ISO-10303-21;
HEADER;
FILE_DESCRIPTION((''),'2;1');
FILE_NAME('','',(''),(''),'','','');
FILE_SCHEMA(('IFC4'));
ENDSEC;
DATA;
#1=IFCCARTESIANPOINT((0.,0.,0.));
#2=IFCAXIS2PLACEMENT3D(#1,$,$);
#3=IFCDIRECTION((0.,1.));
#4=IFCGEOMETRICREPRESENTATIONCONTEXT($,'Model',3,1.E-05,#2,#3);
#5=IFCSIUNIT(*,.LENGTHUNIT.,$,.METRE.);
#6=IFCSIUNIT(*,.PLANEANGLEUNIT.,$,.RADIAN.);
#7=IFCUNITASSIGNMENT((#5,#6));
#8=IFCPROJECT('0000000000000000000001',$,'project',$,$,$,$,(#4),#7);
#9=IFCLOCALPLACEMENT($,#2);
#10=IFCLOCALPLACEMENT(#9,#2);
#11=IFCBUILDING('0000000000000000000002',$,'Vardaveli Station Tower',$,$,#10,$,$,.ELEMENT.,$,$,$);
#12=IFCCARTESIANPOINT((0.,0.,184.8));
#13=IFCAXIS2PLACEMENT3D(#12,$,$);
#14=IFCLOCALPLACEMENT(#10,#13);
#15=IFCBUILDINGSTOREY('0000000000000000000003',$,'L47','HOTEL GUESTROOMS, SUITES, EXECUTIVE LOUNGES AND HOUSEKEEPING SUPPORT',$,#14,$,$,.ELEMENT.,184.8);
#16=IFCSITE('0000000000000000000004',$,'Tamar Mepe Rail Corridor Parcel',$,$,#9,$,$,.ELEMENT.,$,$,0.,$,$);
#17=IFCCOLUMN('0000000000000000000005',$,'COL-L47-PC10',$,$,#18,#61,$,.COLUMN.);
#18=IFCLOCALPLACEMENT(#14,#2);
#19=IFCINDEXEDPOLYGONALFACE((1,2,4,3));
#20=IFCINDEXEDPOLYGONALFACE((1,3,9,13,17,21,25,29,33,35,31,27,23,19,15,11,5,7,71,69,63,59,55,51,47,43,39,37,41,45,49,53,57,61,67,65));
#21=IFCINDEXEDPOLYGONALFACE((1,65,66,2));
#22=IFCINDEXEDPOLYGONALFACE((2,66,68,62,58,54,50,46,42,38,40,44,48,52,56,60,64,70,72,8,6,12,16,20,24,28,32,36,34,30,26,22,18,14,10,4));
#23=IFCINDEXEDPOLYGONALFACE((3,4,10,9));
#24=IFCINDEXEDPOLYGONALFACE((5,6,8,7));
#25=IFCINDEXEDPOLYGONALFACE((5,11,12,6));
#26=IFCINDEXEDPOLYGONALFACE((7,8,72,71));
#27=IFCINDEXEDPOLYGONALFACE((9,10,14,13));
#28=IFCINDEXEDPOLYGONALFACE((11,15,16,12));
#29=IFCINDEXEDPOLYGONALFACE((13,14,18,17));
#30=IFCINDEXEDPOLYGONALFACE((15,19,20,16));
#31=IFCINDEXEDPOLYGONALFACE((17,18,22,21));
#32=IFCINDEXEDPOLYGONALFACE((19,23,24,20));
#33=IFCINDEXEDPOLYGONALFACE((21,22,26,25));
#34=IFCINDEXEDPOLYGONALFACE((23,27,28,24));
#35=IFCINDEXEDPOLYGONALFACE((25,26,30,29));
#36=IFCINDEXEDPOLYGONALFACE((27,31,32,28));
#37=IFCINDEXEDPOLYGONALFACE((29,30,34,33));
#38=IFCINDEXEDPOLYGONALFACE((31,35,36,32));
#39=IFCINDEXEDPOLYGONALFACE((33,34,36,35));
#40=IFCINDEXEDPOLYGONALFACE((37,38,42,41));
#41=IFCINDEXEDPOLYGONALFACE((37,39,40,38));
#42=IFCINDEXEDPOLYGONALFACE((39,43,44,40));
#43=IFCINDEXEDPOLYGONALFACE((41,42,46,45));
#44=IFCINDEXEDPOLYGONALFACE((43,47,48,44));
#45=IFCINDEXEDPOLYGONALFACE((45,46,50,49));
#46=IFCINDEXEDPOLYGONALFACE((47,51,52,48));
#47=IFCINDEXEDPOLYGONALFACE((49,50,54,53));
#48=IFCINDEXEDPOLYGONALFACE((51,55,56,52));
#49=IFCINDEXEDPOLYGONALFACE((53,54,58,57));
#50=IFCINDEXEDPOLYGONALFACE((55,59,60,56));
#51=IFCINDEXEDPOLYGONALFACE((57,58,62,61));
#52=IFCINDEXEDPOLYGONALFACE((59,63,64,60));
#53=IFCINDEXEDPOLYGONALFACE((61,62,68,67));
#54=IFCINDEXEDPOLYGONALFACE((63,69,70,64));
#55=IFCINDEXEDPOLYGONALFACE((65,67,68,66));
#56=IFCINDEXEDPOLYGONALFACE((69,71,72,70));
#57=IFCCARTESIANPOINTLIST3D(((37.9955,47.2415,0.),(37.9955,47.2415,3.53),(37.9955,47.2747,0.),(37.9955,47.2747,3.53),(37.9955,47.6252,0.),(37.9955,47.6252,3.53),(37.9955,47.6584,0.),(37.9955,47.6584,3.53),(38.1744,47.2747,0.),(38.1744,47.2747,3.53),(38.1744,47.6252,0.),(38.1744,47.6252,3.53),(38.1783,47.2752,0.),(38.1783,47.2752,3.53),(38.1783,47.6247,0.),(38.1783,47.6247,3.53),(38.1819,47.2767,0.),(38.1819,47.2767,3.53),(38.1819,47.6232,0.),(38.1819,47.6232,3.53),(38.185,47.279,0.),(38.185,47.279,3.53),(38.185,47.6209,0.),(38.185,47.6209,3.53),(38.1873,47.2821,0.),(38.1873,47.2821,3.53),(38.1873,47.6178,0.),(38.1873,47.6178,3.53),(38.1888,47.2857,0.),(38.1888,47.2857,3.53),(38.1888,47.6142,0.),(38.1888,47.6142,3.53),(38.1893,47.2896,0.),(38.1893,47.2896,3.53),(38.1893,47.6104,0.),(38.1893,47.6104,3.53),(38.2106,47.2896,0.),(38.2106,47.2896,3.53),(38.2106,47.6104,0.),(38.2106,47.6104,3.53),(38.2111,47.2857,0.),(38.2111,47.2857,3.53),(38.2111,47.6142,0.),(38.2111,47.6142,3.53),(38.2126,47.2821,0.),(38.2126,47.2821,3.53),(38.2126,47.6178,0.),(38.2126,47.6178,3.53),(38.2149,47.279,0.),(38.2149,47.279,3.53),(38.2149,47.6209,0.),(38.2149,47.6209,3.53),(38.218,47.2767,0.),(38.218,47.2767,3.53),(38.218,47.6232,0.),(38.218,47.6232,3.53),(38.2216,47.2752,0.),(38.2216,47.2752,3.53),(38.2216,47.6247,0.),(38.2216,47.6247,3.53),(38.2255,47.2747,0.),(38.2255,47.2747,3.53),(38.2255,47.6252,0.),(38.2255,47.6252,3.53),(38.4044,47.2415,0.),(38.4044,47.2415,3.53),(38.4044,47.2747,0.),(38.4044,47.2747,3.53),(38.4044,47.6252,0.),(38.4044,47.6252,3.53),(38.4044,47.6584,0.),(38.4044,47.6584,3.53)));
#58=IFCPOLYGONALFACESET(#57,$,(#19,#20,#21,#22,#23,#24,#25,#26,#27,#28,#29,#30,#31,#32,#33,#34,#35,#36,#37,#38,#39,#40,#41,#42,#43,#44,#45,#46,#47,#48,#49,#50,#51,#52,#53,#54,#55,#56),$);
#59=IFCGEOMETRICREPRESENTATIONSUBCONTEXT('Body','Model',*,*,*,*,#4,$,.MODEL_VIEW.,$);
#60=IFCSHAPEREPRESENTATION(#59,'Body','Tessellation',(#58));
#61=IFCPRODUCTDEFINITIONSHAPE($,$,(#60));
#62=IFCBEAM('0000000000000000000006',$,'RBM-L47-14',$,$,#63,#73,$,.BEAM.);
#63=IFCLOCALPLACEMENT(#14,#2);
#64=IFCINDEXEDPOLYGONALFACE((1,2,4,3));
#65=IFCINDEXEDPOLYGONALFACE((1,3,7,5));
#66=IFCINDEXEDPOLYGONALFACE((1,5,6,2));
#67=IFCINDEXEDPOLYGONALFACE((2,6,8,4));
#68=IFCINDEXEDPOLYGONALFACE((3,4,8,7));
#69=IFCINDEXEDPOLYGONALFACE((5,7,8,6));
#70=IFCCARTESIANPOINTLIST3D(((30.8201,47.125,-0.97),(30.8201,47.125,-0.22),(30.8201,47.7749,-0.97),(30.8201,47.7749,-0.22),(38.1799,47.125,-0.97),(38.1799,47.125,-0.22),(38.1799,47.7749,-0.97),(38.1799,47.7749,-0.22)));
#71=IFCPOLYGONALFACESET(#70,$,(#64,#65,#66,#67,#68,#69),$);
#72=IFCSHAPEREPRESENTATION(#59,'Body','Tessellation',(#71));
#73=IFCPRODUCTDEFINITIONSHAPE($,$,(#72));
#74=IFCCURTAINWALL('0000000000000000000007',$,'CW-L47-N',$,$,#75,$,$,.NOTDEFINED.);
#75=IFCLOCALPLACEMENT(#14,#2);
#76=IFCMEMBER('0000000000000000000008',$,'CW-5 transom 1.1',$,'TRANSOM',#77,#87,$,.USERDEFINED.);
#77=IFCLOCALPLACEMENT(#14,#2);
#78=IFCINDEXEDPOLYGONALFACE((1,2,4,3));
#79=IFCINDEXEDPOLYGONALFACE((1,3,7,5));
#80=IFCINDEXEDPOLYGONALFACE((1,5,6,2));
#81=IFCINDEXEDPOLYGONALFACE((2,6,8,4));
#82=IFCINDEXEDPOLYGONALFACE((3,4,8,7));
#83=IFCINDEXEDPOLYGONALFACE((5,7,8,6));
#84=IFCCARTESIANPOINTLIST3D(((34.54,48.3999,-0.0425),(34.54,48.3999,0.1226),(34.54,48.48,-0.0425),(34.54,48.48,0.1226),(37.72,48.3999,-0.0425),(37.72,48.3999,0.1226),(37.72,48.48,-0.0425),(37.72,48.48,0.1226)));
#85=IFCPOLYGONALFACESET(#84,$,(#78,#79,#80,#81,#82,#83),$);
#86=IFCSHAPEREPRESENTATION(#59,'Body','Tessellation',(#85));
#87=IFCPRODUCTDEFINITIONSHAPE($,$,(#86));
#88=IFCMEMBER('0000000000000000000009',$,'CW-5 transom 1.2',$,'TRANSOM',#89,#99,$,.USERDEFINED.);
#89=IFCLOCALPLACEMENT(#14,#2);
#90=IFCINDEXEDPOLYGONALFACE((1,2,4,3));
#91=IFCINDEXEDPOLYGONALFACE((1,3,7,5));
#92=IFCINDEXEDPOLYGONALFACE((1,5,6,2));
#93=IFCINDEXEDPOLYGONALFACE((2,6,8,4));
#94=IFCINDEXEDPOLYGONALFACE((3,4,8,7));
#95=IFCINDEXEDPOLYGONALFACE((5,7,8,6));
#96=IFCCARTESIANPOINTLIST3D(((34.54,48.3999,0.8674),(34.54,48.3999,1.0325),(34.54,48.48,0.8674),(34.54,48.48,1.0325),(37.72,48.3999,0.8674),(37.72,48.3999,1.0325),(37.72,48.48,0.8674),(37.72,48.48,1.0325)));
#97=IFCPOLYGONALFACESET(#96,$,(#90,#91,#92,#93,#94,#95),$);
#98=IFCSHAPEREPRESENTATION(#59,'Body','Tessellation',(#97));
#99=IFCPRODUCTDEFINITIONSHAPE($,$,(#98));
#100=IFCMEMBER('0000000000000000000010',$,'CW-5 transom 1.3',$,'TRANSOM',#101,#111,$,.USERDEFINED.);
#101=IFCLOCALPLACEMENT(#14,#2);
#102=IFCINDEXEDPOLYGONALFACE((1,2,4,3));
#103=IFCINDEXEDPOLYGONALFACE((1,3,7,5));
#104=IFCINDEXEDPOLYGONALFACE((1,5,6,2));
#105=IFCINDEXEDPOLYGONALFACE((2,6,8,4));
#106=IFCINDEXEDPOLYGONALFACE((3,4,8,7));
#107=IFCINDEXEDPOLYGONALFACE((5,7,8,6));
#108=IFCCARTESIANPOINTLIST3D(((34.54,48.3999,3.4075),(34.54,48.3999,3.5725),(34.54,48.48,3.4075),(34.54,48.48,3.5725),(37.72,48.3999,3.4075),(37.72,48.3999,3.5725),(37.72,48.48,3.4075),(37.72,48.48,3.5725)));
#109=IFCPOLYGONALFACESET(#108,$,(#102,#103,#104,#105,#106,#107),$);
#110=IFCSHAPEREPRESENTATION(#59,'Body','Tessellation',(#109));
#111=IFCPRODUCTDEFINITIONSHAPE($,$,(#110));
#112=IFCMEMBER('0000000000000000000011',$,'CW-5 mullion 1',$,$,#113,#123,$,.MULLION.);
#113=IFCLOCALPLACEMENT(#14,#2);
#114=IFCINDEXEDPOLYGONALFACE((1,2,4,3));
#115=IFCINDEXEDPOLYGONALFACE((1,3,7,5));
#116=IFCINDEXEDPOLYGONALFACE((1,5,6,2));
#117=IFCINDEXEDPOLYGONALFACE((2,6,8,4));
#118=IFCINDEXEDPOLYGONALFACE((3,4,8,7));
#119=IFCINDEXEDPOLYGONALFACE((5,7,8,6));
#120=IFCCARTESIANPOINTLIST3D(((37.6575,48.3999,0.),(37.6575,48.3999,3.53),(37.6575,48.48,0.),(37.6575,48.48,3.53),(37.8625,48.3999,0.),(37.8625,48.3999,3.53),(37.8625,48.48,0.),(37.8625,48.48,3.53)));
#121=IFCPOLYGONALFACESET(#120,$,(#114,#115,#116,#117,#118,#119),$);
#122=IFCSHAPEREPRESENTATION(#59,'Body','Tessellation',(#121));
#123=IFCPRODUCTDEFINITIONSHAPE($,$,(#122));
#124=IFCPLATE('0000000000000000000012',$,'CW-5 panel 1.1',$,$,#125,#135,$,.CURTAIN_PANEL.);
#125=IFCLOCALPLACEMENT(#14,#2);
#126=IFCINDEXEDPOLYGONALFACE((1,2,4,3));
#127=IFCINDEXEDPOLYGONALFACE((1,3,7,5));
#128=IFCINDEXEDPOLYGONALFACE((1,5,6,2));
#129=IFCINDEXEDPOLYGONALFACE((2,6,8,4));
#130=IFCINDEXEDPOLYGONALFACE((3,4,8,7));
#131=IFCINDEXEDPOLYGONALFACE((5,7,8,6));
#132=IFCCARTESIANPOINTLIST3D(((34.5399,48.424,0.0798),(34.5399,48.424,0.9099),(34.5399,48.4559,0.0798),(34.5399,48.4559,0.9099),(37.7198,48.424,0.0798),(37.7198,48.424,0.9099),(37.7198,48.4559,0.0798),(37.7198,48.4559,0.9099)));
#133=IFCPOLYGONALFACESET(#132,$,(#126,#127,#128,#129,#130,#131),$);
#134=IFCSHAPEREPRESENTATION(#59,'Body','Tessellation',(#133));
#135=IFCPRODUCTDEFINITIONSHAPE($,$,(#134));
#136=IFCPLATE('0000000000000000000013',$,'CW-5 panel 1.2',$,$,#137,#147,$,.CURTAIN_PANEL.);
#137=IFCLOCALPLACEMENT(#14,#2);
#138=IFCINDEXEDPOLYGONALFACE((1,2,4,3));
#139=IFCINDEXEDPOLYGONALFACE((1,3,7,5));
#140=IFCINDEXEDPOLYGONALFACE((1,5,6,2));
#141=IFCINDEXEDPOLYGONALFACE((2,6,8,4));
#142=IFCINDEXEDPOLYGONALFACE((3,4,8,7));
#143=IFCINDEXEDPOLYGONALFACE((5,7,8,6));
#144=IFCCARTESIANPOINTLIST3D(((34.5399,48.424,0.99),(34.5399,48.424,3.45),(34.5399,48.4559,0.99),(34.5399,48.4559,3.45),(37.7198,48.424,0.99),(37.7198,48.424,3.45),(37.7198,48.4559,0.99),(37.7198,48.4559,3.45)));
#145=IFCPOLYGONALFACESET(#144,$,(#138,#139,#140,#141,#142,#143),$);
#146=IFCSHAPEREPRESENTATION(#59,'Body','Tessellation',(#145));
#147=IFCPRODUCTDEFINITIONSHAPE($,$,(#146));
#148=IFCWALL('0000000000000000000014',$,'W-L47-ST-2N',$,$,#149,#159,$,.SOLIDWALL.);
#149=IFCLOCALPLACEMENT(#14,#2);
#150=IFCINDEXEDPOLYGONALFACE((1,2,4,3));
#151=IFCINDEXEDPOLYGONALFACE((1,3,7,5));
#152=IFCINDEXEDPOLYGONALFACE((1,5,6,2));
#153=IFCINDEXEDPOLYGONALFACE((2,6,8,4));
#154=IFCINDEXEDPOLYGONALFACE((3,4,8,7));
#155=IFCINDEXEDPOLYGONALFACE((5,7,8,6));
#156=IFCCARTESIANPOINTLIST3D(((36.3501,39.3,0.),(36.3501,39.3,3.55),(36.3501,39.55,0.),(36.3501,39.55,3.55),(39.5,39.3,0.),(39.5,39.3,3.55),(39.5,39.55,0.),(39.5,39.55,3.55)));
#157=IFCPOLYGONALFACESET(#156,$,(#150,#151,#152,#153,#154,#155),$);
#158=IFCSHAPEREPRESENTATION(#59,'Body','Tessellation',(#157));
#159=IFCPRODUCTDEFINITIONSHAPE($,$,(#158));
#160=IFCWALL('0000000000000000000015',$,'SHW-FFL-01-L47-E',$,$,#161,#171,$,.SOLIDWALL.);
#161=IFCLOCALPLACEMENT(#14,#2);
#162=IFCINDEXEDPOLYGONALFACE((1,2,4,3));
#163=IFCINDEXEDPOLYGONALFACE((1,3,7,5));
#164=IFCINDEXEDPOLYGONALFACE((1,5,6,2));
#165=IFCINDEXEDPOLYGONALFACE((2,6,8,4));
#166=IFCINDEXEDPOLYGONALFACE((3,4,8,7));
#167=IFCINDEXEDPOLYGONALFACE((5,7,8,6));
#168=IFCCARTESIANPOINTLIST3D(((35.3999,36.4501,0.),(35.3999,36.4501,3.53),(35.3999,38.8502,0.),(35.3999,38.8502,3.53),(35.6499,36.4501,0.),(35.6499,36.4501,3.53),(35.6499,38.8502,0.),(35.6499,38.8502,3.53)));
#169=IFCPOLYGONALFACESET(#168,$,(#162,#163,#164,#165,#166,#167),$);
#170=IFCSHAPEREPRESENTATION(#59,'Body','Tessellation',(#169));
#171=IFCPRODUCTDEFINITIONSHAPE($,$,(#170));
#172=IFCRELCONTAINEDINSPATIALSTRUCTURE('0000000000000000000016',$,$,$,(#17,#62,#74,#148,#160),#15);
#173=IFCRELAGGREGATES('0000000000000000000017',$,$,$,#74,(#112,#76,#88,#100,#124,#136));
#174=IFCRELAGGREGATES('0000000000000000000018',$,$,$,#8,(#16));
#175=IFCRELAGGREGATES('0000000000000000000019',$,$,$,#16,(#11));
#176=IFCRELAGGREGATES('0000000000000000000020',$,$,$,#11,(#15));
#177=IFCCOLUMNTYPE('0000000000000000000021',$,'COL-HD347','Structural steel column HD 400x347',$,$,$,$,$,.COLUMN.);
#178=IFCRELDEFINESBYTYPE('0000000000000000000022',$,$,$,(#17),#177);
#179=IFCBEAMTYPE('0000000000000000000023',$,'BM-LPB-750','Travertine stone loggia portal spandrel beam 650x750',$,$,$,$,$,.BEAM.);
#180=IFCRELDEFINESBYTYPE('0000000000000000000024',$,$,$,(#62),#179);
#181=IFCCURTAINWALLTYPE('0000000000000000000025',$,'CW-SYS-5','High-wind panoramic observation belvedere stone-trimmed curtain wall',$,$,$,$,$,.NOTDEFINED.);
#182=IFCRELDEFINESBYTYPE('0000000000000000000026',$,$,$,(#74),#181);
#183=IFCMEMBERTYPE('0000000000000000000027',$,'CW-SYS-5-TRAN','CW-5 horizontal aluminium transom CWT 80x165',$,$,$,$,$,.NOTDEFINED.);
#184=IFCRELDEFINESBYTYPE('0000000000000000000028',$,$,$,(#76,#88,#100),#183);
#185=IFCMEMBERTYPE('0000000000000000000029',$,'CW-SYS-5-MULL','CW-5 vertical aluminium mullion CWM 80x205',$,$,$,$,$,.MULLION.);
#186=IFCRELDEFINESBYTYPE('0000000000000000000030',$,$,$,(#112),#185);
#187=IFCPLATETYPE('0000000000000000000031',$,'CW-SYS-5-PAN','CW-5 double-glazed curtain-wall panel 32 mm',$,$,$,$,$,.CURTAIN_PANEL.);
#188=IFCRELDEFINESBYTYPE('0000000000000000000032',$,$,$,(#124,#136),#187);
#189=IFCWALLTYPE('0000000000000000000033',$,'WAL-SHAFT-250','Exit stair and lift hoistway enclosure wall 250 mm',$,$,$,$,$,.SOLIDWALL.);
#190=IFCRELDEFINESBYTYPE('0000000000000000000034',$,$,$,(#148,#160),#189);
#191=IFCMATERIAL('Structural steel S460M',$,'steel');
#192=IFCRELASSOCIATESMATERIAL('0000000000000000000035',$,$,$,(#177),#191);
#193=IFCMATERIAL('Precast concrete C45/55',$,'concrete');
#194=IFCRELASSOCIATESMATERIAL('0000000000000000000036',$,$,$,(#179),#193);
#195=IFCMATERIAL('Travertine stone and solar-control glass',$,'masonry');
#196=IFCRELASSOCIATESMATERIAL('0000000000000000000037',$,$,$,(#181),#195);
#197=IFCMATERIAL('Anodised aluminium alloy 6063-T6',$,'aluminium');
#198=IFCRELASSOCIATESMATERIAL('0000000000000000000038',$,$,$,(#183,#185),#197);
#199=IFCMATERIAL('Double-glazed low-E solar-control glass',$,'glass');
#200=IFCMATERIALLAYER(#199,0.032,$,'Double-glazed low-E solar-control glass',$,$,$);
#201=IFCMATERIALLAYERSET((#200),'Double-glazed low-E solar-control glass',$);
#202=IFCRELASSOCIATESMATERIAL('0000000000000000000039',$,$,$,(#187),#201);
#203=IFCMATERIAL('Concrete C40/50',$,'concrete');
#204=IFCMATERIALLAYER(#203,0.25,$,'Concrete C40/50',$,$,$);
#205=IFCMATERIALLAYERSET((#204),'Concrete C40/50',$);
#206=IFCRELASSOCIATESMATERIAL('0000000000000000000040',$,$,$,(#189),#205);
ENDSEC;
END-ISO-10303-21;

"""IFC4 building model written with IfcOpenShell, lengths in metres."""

from ifc_helpers import new_model, si_unit, direction, frame, frame_2d, origin, origin_2d, place, context, subcontext, project, spatial, rectangle, i_section, extrude, source, transform, mapped, material, layer, layer_set, material_profile, profile_set, type_object, element, aggregate, save


model = new_model("IFC4")

# Units and contexts
model_context = context("Model", 3, precision=1e-05, world=origin(), true_north=direction((0.0, 1.0)))
body_context = subcontext(model_context, "Body", "Model", "MODEL_VIEW")
ifc_project = project(units=[si_unit("LENGTHUNIT", "METRE"), si_unit("PLANEANGLEUNIT", "RADIAN")], contexts=[model_context])

# Site, building, storey
site_placement = place(None, origin())
site = spatial("IfcSite", under=ifc_project, at=site_placement, Name="Tamar Mepe Rail Corridor Parcel", CompositionType="ELEMENT", RefElevation=0.0)
building_placement = place(site_placement, origin())
building = spatial("IfcBuilding", under=site, at=building_placement, Name="Vardaveli Station Tower", CompositionType="ELEMENT")
storey_placement = place(building_placement, frame((0.0, 0.0, 184.8)))
storey = spatial("IfcBuildingStorey", under=building, at=storey_placement, Name="L47", Description="HOTEL GUESTROOMS, SUITES, EXECUTIVE LOUNGES AND HOUSEKEEPING SUPPORT", CompositionType="ELEMENT", Elevation=184.8)

# Column
ifc_material_1 = material(Name="Structural steel S460M", Category="steel")
ifc_material_profile_1 = material_profile(ifc_material_1, i_section(OverallWidth=0.4089, OverallDepth=0.417, WebThickness=0.0212, FlangeThickness=0.0332, FilletRadius=0.0149, at=origin_2d()), Name="HD 400x347")
ifc_profile_set_1 = profile_set([ifc_material_profile_1], Name="Structural steel S460M")
column_type = type_object("IfcColumnType", Name="COL-HD347", Description="Structural steel column HD 400x347", PredefinedType="COLUMN", material=ifc_profile_set_1)
shared_shape_1 = source(origin(), body_context, "Body", "SweptSolid", [
    extrude(i_section(OverallWidth=0.4089, OverallDepth=0.417, WebThickness=0.0212, FlangeThickness=0.0332, FilletRadius=0.0149, at=origin_2d()), origin(), (0.0, 0.0, 1.0), 3.53),
])
column_placement = place(storey_placement, frame((38.2, 47.45, 0.0), z_axis=(0.0, 0.0, 1.0), x_axis=(1.0, 0.0, 0.0)))
element("IfcColumn", 1, at=column_placement, inside=storey, type_object=column_type, Name="COL-L47-PC10", PredefinedType="COLUMN", context=body_context, shape_type="MappedRepresentation", body=[
    mapped(shared_shape_1, transform((0.0, 0.0, 0.0), scale=1.0)),
])

# Beam
ifc_material_2 = material(Name="Precast concrete C45/55", Category="concrete")
ifc_material_profile_2 = material_profile(ifc_material_2, rectangle(XDim=0.6499, YDim=0.75, at=origin_2d()), Name="LPB 650x750")
ifc_profile_set_2 = profile_set([ifc_material_profile_2], Name="Precast concrete C45/55")
beam_type = type_object("IfcBeamType", Name="BM-LPB-750", Description="Travertine stone loggia portal spandrel beam 650x750", PredefinedType="BEAM", material=ifc_profile_set_2)
shared_shape_2 = source(origin(), body_context, "Body", "SweptSolid", [
    extrude(rectangle(XDim=0.6499, YDim=0.75, at=origin_2d()), origin(), (0.0, 0.0, 1.0), 7.3599),
])
beam_placement = place(storey_placement, frame((38.1799, 47.45, -0.595), z_axis=(-1.0, 0.0, 0.0), x_axis=(0.0, -1.0, 0.0)))
element("IfcBeam", 2, at=beam_placement, inside=storey, type_object=beam_type, Name="RBM-L47-14", PredefinedType="BEAM", context=body_context, shape_type="MappedRepresentation", body=[
    mapped(shared_shape_2, transform((0.0, 0.0, 0.0), scale=1.0)),
])

# Curtain wall, members, plates
ifc_material_3 = material(Name="Travertine stone and solar-control glass", Category="masonry")
curtain_wall_type = type_object("IfcCurtainWallType", Name="CW-SYS-5", Description="High-wind panoramic observation belvedere stone-trimmed curtain wall", PredefinedType="NOTDEFINED", material=ifc_material_3)
curtain_wall_placement = place(storey_placement, origin())
curtain_wall = element("IfcCurtainWall", 3, at=curtain_wall_placement, inside=storey, type_object=curtain_wall_type, Name="CW-L47-N", PredefinedType="NOTDEFINED")
ifc_material_4 = material(Name="Anodised aluminium alloy 6063-T6", Category="aluminium")
ifc_material_profile_3 = material_profile(ifc_material_4, rectangle(XDim=0.0801, YDim=0.165, at=origin_2d()), Name="CWT 80x165")
ifc_profile_set_3 = profile_set([ifc_material_profile_3], Name="Anodised aluminium alloy 6063-T6")
member_type_1 = type_object("IfcMemberType", Name="CW-SYS-5-TRAN", Description="CW-5 horizontal aluminium transom CWT 80x165", PredefinedType="NOTDEFINED", material=ifc_profile_set_3)
shared_shape_3 = source(origin(), body_context, "Body", "SweptSolid", [
    extrude(rectangle(XDim=0.0801, YDim=0.165, at=origin_2d()), origin(), (0.0, 0.0, 1.0), 3.1799),
])
member_1_placement = place(storey_placement, frame((37.72, 48.4399, 0.04), z_axis=(-1.0, 0.0, 0.0), x_axis=(0.0, -1.0, 0.0)))
member_1 = element("IfcMember", 4, at=member_1_placement, type_object=member_type_1, Name="CW-5 transom 1.1", ObjectType="TRANSOM", PredefinedType="USERDEFINED", context=body_context, shape_type="MappedRepresentation", body=[
    mapped(shared_shape_3, transform((0.0, 0.0, 0.0), scale=1.0)),
])
member_2_placement = place(storey_placement, frame((37.72, 48.4399, 0.95), z_axis=(-1.0, 0.0, 0.0), x_axis=(0.0, -1.0, 0.0)))
member_2 = element("IfcMember", 5, at=member_2_placement, type_object=member_type_1, Name="CW-5 transom 1.2", ObjectType="TRANSOM", PredefinedType="USERDEFINED", context=body_context, shape_type="MappedRepresentation", body=[
    mapped(shared_shape_3, transform((0.0, 0.0, 0.0), scale=1.0)),
])
member_3_placement = place(storey_placement, frame((37.72, 48.4399, 3.49), z_axis=(-1.0, 0.0, 0.0), x_axis=(0.0, -1.0, 0.0)))
member_3 = element("IfcMember", 6, at=member_3_placement, type_object=member_type_1, Name="CW-5 transom 1.3", ObjectType="TRANSOM", PredefinedType="USERDEFINED", context=body_context, shape_type="MappedRepresentation", body=[
    mapped(shared_shape_3, transform((0.0, 0.0, 0.0), scale=1.0)),
])
ifc_material_profile_4 = material_profile(ifc_material_4, rectangle(XDim=0.0801, YDim=0.2051, at=origin_2d()), Name="CWM 80x205")
ifc_profile_set_4 = profile_set([ifc_material_profile_4], Name="Anodised aluminium alloy 6063-T6")
member_type_2 = type_object("IfcMemberType", Name="CW-SYS-5-MULL", Description="CW-5 vertical aluminium mullion CWM 80x205", PredefinedType="MULLION", material=ifc_profile_set_4)
shared_shape_4 = source(origin(), body_context, "Body", "SweptSolid", [
    extrude(rectangle(XDim=0.0801, YDim=0.2051, at=origin_2d()), origin(), (0.0, 0.0, 1.0), 3.53),
])
member_4_placement = place(storey_placement, frame((37.76, 48.4399, 0.0), z_axis=(0.0, 0.0, 1.0), x_axis=(0.0, -1.0, 0.0)))
member_4 = element("IfcMember", 7, at=member_4_placement, type_object=member_type_2, Name="CW-5 mullion 1", PredefinedType="MULLION", context=body_context, shape_type="MappedRepresentation", body=[
    mapped(shared_shape_4, transform((0.0, 0.0, 0.0), scale=1.0)),
])
ifc_material_5 = material(Name="Double-glazed low-E solar-control glass", Category="glass")
ifc_layer_1 = layer(ifc_material_5, 0.032, Name="Double-glazed low-E solar-control glass")
ifc_layer_set_1 = layer_set([ifc_layer_1], Name="Double-glazed low-E solar-control glass")
plate_type = type_object("IfcPlateType", Name="CW-SYS-5-PAN", Description="CW-5 double-glazed curtain-wall panel 32 mm", PredefinedType="CURTAIN_PANEL", material=ifc_layer_set_1)
shared_shape_5 = source(origin(), body_context, "Body", "SweptSolid", [
    extrude(rectangle(XDim=3.1799, YDim=0.032, at=origin_2d()), origin(), (0.0, 0.0, 1.0), 0.8301),
])
plate_1_placement = place(storey_placement, frame((36.1299, 48.4399, 0.0798), z_axis=(0.0, 0.0, 1.0), x_axis=(-1.0, 0.0, 0.0)))
plate_1 = element("IfcPlate", 8, at=plate_1_placement, type_object=plate_type, Name="CW-5 panel 1.1", PredefinedType="CURTAIN_PANEL", context=body_context, shape_type="MappedRepresentation", body=[
    mapped(shared_shape_5, transform((0.0, 0.0, 0.0), scale=1.0)),
])
shared_shape_6 = source(origin(), body_context, "Body", "SweptSolid", [
    extrude(rectangle(XDim=3.1799, YDim=0.032, at=origin_2d()), origin(), (0.0, 0.0, 1.0), 2.46),
])
plate_2_placement = place(storey_placement, frame((36.1299, 48.4399, 0.99), z_axis=(0.0, 0.0, 1.0), x_axis=(-1.0, 0.0, 0.0)))
plate_2 = element("IfcPlate", 9, at=plate_2_placement, type_object=plate_type, Name="CW-5 panel 1.2", PredefinedType="CURTAIN_PANEL", context=body_context, shape_type="MappedRepresentation", body=[
    mapped(shared_shape_6, transform((0.0, 0.0, 0.0), scale=1.0)),
])
aggregate(curtain_wall, [member_4, member_1, member_2, member_3, plate_1, plate_2])

# Walls
ifc_material_6 = material(Name="Concrete C40/50", Category="concrete")
ifc_layer_2 = layer(ifc_material_6, 0.25, Name="Concrete C40/50")
ifc_layer_set_2 = layer_set([ifc_layer_2], Name="Concrete C40/50")
wall_type_1 = type_object("IfcWallType", Name="WAL-SHAFT-250", Description="Exit stair and lift hoistway enclosure wall 250 mm", PredefinedType="SOLIDWALL", material=ifc_layer_set_2)
shared_shape_7 = source(origin(), body_context, "Body", "SweptSolid", [
    extrude(rectangle(XDim=3.1499, YDim=0.25, at=frame_2d((1.575, 0.0))), origin(), (0.0, 0.0, 1.0), 3.55),
])
wall_1_placement = place(storey_placement, frame((36.3501, 39.425, 0.0), z_axis=(0.0, 0.0, 1.0), x_axis=(1.0, 0.0, 0.0)))
element("IfcWall", 10, at=wall_1_placement, inside=storey, type_object=wall_type_1, Name="W-L47-ST-2N", PredefinedType="SOLIDWALL", context=body_context, shape_type="MappedRepresentation", body=[
    mapped(shared_shape_7, transform((0.0, 0.0, 0.0), scale=1.0)),
])
shared_shape_8 = source(origin(), body_context, "Body", "SweptSolid", [
    extrude(rectangle(XDim=2.4001, YDim=0.25, at=frame_2d((1.2002, 0.0))), origin(), (0.0, 0.0, 1.0), 3.53),
])
for number, where, z_axis, x_axis, name in (
    (11, (35.5249, 36.45, 0.0), (0.0, 0.0, 1.0), (0.0, 1.0, 0.0), "SHW-FFL-01-L47-E"),
):
    element("IfcWall", number, at=place(storey_placement, frame(where, z_axis=z_axis, x_axis=x_axis)), inside=storey, type_object=wall_type_1, Name=name, PredefinedType="SOLIDWALL", context=body_context, shape_type="MappedRepresentation", body=[
        mapped(shared_shape_8, transform((0.0, 0.0, 0.0), scale=1.0)),
    ])

save(model, "model.ifc")
